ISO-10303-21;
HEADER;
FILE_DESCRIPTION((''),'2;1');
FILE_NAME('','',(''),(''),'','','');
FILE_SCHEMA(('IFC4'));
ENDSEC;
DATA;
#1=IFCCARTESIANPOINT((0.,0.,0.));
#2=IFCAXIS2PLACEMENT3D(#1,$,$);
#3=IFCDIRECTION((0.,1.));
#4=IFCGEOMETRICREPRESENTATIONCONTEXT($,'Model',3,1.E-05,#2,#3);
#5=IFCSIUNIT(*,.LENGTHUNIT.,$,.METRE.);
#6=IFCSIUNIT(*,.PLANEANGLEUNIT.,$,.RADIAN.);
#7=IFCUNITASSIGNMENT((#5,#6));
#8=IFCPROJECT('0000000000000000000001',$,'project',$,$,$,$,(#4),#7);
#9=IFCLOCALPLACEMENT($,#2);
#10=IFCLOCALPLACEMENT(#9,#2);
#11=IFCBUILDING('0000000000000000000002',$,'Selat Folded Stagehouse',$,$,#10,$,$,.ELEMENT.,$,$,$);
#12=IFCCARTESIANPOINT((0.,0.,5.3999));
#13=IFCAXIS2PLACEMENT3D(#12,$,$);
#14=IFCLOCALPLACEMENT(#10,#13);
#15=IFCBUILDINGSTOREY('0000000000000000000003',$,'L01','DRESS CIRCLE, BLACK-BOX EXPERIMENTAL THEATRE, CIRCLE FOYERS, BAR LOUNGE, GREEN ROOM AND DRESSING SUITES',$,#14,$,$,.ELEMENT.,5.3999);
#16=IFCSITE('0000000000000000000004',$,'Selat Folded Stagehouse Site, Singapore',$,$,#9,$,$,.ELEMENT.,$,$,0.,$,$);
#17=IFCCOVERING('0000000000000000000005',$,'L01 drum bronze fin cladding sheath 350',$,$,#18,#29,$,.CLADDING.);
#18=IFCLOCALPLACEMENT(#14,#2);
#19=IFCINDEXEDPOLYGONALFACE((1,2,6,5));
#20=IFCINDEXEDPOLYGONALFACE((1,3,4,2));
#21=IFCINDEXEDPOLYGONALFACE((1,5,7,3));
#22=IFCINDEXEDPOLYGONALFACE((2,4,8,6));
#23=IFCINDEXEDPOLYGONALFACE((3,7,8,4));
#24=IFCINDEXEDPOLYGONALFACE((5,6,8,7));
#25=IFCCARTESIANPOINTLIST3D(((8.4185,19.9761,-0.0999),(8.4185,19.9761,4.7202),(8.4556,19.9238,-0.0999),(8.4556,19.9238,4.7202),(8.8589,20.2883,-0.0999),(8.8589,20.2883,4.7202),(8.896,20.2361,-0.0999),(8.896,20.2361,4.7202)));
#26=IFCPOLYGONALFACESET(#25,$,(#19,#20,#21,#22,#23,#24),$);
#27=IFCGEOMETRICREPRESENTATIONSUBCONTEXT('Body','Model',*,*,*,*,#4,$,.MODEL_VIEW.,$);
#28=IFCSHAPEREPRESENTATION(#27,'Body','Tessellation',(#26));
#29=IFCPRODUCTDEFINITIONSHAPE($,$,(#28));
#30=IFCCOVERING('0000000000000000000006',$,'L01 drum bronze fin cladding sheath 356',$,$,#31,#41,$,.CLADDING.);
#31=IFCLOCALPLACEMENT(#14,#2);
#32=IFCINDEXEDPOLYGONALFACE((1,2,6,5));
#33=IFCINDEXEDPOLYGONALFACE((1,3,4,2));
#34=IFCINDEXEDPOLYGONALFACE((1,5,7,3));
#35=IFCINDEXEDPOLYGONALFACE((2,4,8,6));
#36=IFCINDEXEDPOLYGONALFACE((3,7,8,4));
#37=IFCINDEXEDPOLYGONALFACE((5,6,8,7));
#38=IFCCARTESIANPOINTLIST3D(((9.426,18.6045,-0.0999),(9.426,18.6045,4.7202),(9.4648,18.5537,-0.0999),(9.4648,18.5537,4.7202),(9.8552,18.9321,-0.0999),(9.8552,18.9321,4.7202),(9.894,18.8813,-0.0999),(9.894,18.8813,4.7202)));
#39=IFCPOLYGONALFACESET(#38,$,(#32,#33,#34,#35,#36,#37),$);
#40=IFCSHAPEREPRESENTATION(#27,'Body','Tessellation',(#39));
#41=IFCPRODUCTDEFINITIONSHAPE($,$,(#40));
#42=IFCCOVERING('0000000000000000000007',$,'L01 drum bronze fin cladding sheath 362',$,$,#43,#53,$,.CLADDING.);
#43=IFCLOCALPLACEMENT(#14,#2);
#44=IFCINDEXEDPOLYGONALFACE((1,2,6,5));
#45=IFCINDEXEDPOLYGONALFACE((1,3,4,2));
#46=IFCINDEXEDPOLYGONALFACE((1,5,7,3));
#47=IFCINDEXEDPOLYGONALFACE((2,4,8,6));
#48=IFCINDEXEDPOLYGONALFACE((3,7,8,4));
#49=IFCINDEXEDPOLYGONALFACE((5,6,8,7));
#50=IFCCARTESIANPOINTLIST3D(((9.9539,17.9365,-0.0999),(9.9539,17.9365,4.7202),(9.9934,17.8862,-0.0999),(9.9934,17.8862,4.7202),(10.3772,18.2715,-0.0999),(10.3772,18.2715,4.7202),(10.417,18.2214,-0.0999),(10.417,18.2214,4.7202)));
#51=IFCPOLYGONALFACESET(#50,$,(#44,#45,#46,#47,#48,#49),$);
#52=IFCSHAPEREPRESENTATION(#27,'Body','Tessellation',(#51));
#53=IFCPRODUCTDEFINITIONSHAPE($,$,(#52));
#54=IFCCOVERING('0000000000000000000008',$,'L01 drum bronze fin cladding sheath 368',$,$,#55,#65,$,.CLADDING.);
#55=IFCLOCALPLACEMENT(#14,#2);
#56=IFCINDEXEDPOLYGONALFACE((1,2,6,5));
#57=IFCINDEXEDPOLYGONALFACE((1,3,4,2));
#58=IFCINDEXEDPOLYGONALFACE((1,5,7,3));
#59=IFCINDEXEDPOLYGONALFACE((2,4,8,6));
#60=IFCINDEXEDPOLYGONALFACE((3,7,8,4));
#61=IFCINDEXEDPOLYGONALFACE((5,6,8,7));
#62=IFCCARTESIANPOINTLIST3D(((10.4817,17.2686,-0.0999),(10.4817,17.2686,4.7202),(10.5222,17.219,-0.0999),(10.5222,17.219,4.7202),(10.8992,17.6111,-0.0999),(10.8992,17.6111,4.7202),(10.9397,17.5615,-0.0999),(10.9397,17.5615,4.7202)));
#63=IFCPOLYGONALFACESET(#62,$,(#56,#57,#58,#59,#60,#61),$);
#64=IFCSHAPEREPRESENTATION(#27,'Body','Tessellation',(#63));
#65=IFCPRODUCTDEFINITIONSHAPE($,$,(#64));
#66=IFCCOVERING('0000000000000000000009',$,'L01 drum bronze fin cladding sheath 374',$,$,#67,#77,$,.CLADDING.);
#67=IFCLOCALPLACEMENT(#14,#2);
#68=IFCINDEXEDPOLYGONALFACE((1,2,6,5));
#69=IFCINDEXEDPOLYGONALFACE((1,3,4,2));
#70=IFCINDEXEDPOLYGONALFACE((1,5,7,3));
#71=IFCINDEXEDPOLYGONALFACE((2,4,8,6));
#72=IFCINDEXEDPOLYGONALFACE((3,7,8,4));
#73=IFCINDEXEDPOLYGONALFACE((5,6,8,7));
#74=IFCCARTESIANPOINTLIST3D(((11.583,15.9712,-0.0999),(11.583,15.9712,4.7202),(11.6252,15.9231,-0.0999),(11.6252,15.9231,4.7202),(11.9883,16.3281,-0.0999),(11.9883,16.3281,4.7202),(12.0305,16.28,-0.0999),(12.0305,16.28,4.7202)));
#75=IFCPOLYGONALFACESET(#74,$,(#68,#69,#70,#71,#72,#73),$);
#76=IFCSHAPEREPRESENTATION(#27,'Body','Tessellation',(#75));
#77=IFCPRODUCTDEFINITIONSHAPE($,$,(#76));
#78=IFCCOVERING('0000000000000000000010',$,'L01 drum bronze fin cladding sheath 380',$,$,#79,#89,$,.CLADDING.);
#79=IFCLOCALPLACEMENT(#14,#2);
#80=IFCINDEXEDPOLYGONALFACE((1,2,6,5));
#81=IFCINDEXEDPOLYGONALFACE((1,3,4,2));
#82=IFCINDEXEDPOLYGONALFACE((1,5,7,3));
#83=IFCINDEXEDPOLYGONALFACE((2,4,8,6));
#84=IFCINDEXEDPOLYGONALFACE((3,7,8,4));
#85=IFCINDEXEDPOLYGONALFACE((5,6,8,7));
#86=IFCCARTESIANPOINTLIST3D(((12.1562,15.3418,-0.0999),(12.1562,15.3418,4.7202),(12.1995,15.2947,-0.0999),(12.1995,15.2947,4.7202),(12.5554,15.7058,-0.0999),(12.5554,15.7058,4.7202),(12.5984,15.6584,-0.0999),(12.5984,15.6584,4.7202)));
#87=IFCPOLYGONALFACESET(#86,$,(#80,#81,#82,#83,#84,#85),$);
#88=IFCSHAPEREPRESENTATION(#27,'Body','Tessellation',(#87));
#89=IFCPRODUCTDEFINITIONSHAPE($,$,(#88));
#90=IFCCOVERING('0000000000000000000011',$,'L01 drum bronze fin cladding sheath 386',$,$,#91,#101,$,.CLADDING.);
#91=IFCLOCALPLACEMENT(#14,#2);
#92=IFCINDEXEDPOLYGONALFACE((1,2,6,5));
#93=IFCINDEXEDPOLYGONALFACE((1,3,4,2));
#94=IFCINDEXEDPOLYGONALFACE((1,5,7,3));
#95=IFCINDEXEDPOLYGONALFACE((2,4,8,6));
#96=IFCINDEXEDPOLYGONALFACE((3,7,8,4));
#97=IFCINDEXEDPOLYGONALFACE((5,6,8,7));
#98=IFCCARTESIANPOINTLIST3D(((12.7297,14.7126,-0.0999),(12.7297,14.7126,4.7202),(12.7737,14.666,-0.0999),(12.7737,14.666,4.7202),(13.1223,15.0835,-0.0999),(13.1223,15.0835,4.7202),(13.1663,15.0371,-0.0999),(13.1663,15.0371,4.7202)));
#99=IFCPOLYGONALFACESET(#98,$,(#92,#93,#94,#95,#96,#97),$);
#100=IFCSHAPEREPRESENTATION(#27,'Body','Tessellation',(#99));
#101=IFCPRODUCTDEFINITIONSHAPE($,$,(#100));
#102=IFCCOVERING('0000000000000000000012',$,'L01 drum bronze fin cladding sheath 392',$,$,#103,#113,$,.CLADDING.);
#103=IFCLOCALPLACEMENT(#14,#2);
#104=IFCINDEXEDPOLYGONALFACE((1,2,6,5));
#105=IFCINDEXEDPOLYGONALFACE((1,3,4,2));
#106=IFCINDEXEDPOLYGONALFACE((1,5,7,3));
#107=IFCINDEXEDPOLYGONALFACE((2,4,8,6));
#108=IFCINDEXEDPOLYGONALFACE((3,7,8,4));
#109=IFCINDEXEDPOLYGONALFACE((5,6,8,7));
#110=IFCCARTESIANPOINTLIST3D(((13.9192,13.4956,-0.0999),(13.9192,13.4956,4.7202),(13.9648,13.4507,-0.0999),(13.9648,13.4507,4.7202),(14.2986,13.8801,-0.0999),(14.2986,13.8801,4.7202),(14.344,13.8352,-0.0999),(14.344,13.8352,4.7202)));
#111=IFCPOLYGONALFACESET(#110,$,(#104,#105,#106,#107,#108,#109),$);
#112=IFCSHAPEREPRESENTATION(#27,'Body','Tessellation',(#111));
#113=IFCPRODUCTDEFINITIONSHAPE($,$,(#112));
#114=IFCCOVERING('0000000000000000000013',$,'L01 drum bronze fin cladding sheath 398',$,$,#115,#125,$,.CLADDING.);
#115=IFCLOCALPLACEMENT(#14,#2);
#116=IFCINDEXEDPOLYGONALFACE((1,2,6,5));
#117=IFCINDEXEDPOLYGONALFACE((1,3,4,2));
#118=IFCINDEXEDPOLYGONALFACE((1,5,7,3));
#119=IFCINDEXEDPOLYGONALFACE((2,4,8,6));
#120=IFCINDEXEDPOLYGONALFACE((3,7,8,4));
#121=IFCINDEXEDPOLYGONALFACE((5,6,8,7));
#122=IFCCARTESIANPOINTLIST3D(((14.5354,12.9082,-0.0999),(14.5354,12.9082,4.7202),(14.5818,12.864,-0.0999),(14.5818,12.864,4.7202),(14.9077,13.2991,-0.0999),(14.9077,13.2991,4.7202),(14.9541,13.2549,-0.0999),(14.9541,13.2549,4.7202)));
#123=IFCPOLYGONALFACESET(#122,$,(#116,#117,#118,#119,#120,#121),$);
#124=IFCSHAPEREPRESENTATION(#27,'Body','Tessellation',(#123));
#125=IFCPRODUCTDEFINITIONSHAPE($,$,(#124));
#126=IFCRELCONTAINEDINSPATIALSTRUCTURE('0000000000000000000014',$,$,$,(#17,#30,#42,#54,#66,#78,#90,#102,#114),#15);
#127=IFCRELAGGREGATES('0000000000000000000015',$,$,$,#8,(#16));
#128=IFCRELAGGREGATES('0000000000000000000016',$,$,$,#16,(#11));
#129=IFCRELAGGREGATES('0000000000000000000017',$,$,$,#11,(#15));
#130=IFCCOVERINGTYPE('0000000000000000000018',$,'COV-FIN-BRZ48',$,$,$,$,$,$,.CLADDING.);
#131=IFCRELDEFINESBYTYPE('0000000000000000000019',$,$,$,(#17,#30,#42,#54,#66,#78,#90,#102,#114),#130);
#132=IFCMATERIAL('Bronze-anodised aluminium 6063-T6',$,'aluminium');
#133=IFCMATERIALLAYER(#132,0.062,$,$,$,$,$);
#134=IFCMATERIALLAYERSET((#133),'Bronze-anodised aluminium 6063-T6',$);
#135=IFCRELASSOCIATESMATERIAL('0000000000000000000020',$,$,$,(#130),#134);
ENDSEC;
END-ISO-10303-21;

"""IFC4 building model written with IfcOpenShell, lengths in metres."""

from ifc_helpers import new_model, si_unit, direction, frame, origin, place, context, subcontext, project, spatial, polyline, outline, extrude, material, layer, layer_set, type_object, element, save


model = new_model("IFC4")

# Units and contexts
model_context = context("Model", 3, precision=1e-05, world=origin(), true_north=direction((0.0, 1.0)))
body_context = subcontext(model_context, "Body", "Model", "MODEL_VIEW")
ifc_project = project(units=[si_unit("LENGTHUNIT", "METRE"), si_unit("PLANEANGLEUNIT", "RADIAN")], contexts=[model_context])

# Site, building, storey
site_placement = place(None, origin())
site = spatial("IfcSite", under=ifc_project, at=site_placement, Name="Selat Folded Stagehouse Site, Singapore", CompositionType="ELEMENT", RefElevation=0.0)
building_placement = place(site_placement, origin())
building = spatial("IfcBuilding", under=site, at=building_placement, Name="Selat Folded Stagehouse", CompositionType="ELEMENT")
storey_placement = place(building_placement, frame((0.0, 0.0, 5.3999)))
storey = spatial("IfcBuildingStorey", under=building, at=storey_placement, Name="L01", Description="DRESS CIRCLE, BLACK-BOX EXPERIMENTAL THEATRE, CIRCLE FOYERS, BAR LOUNGE, GREEN ROOM AND DRESSING SUITES", CompositionType="ELEMENT", Elevation=5.3999)

# Coverings
ifc_material_1 = material(Name="Bronze-anodised aluminium 6063-T6", Category="aluminium")
ifc_layer_1 = layer(ifc_material_1, 0.062)
ifc_layer_set_1 = layer_set([ifc_layer_1], Name="Bronze-anodised aluminium 6063-T6")
covering_type = type_object("IfcCoveringType", Name="COV-FIN-BRZ48", PredefinedType="CLADDING", material=ifc_layer_set_1)
covering_1_placement = place(storey_placement, frame((0.0, 0.0, -0.0999)))
element("IfcCovering", 1, at=covering_1_placement, inside=storey, type_object=covering_type, Name="L01 drum bronze fin cladding sheath 350", PredefinedType="CLADDING", context=body_context, shape_type="SweptSolid", body=[
    extrude(outline(polyline([(8.8589, 20.2883), (8.4185, 19.9761), (8.4556, 19.9238), (8.896, 20.2361), (8.8589, 20.2883)])), origin(), (0.0, 0.0, 1.0), 4.8201),
])
covering_2_placement = place(storey_placement, frame((0.0, 0.0, -0.0999)))
element("IfcCovering", 2, at=covering_2_placement, inside=storey, type_object=covering_type, Name="L01 drum bronze fin cladding sheath 356", PredefinedType="CLADDING", context=body_context, shape_type="SweptSolid", body=[
    extrude(outline(polyline([(9.8552, 18.9321), (9.426, 18.6045), (9.4648, 18.5537), (9.894, 18.8813), (9.8552, 18.9321)])), origin(), (0.0, 0.0, 1.0), 4.8201),
])
covering_3_placement = place(storey_placement, frame((0.0, 0.0, -0.0999)))
element("IfcCovering", 3, at=covering_3_placement, inside=storey, type_object=covering_type, Name="L01 drum bronze fin cladding sheath 362", PredefinedType="CLADDING", context=body_context, shape_type="SweptSolid", body=[
    extrude(outline(polyline([(10.3772, 18.2715), (9.9539, 17.9365), (9.9934, 17.8862), (10.417, 18.2214), (10.3772, 18.2715)])), origin(), (0.0, 0.0, 1.0), 4.8201),
])
covering_4_placement = place(storey_placement, frame((0.0, 0.0, -0.0999)))
element("IfcCovering", 4, at=covering_4_placement, inside=storey, type_object=covering_type, Name="L01 drum bronze fin cladding sheath 368", PredefinedType="CLADDING", context=body_context, shape_type="SweptSolid", body=[
    extrude(outline(polyline([(10.8992, 17.6111), (10.4817, 17.2686), (10.5222, 17.219), (10.9397, 17.5615), (10.8992, 17.6111)])), origin(), (0.0, 0.0, 1.0), 4.8201),
])
covering_5_placement = place(storey_placement, frame((0.0, 0.0, -0.0999)))
element("IfcCovering", 5, at=covering_5_placement, inside=storey, type_object=covering_type, Name="L01 drum bronze fin cladding sheath 374", PredefinedType="CLADDING", context=body_context, shape_type="SweptSolid", body=[
    extrude(outline(polyline([(11.9883, 16.3281), (11.583, 15.9712), (11.6252, 15.9231), (12.0305, 16.28), (11.9883, 16.3281)])), origin(), (0.0, 0.0, 1.0), 4.8201),
])
covering_6_placement = place(storey_placement, frame((0.0, 0.0, -0.0999)))
element("IfcCovering", 6, at=covering_6_placement, inside=storey, type_object=covering_type, Name="L01 drum bronze fin cladding sheath 380", PredefinedType="CLADDING", context=body_context, shape_type="SweptSolid", body=[
    extrude(outline(polyline([(12.5554, 15.7058), (12.1562, 15.3418), (12.1995, 15.2947), (12.5984, 15.6584), (12.5554, 15.7058)])), origin(), (0.0, 0.0, 1.0), 4.8201),
])
covering_7_placement = place(storey_placement, frame((0.0, 0.0, -0.0999)))
element("IfcCovering", 7, at=covering_7_placement, inside=storey, type_object=covering_type, Name="L01 drum bronze fin cladding sheath 386", PredefinedType="CLADDING", context=body_context, shape_type="SweptSolid", body=[
    extrude(outline(polyline([(13.1223, 15.0835), (12.7297, 14.7126), (12.7737, 14.666), (13.1663, 15.0371), (13.1223, 15.0835)])), origin(), (0.0, 0.0, 1.0), 4.8201),
])
covering_8_placement = place(storey_placement, frame((0.0, 0.0, -0.0999)))
element("IfcCovering", 8, at=covering_8_placement, inside=storey, type_object=covering_type, Name="L01 drum bronze fin cladding sheath 392", PredefinedType="CLADDING", context=body_context, shape_type="SweptSolid", body=[
    extrude(outline(polyline([(14.2986, 13.8801), (13.9192, 13.4956), (13.9648, 13.4507), (14.344, 13.8352), (14.2986, 13.8801)])), origin(), (0.0, 0.0, 1.0), 4.8201),
])
covering_9_placement = place(storey_placement, frame((0.0, 0.0, -0.0999)))
element("IfcCovering", 9, at=covering_9_placement, inside=storey, type_object=covering_type, Name="L01 drum bronze fin cladding sheath 398", PredefinedType="CLADDING", context=body_context, shape_type="SweptSolid", body=[
    extrude(outline(polyline([(14.9077, 13.2991), (14.5354, 12.9082), (14.5818, 12.864), (14.9541, 13.2549), (14.9077, 13.2991)])), origin(), (0.0, 0.0, 1.0), 4.8201),
])

save(model, "model.ifc")
